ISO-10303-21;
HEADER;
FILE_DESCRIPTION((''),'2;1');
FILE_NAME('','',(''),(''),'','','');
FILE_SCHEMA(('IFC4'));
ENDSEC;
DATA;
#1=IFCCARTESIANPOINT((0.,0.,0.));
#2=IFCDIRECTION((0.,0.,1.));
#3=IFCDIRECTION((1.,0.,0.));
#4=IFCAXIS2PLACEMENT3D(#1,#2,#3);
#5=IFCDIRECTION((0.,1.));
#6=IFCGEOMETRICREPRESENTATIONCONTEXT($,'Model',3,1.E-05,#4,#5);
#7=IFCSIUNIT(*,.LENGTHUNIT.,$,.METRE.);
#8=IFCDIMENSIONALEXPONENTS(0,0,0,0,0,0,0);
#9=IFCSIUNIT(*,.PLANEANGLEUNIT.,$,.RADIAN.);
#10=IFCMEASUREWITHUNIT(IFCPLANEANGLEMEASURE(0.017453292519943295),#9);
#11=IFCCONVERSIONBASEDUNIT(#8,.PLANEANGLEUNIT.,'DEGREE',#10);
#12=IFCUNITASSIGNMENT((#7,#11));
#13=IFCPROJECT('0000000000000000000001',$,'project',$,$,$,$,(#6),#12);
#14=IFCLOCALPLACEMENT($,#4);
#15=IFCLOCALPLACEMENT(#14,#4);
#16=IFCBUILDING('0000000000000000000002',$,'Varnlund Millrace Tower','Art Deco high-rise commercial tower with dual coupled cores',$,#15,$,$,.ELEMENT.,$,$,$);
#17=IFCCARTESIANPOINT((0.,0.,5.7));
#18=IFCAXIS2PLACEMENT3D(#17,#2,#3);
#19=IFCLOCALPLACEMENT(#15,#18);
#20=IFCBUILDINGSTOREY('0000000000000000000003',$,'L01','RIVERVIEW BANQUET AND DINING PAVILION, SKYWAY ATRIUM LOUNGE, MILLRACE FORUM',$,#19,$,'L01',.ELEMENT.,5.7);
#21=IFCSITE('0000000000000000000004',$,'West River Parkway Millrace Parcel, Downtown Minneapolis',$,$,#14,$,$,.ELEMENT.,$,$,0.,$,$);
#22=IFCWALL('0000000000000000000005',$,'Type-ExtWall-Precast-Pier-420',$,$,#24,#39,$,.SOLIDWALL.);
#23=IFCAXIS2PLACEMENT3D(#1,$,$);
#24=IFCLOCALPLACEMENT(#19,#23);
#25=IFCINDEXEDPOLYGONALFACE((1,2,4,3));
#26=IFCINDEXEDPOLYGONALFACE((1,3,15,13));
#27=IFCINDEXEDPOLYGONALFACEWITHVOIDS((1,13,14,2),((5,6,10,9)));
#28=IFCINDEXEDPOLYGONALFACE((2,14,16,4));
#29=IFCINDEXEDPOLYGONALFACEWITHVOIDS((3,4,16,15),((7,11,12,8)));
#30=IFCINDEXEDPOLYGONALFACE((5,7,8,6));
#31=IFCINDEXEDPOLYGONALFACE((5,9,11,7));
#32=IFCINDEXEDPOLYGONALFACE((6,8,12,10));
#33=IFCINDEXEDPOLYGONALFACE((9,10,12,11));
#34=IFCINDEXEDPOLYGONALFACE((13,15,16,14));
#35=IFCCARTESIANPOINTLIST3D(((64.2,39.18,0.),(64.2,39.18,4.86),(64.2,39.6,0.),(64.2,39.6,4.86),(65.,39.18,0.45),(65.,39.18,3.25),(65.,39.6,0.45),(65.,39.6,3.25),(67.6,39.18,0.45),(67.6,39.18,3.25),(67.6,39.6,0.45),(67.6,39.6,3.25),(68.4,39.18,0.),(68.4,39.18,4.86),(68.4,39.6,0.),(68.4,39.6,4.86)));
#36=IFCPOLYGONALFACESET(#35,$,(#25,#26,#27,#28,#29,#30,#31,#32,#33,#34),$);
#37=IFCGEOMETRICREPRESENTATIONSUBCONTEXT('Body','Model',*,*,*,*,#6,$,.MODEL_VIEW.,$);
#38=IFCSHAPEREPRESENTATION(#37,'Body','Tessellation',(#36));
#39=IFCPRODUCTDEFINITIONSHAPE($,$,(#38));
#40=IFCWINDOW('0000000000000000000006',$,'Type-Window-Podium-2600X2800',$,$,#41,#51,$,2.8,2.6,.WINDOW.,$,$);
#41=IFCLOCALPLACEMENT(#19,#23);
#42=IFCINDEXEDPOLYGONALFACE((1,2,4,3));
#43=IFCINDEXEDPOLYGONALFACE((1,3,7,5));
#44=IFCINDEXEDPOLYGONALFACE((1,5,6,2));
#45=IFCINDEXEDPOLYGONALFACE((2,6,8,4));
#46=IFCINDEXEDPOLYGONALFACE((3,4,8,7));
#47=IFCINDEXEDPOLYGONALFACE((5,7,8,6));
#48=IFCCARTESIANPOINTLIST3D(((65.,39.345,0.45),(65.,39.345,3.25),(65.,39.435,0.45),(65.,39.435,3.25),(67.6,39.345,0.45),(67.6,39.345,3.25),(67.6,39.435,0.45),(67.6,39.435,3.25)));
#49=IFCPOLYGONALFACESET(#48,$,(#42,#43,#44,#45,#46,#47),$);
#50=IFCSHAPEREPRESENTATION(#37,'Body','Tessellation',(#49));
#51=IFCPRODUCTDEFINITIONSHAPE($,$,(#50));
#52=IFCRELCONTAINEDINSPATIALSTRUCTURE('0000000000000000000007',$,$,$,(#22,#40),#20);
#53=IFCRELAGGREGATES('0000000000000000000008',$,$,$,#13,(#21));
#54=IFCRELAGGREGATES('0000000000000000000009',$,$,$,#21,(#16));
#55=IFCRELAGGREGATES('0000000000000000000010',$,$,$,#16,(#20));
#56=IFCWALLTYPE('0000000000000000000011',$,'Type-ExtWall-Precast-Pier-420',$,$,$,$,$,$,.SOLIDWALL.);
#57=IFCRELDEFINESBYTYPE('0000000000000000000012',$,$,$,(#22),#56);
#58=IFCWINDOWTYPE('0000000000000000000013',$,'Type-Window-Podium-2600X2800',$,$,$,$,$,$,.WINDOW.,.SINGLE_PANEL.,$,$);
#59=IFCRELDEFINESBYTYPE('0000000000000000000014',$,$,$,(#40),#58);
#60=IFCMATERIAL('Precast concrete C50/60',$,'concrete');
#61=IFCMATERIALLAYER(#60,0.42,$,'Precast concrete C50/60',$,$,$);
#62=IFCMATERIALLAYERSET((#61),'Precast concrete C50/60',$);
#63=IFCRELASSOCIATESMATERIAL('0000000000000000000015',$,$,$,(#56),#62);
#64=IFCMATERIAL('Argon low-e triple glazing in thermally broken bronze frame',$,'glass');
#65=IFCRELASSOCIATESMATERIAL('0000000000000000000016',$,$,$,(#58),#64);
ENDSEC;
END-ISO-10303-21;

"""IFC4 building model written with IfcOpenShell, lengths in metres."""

from ifc_helpers import new_model, entity, si_unit, converted_unit, direction, frame, origin_with_axes, origin_2d_with_axis, place, context, subcontext, project, spatial, polyline, rectangle, outline, extrude, material, layer, layer_set, type_object, element, fill, save


model = new_model("IFC4")

# Units and contexts
model_context = context("Model", 3, precision=1e-05, world=origin_with_axes(), true_north=direction((0.0, 1.0)))
body_context = subcontext(model_context, "Body", "Model", "MODEL_VIEW")
ifc_project = project(units=[si_unit("LENGTHUNIT", "METRE"), converted_unit("PLANEANGLEUNIT", "DEGREE", entity("IfcPlaneAngleMeasure", 0.017453292519943295), si_unit("PLANEANGLEUNIT", "RADIAN"), dimensions=[0, 0, 0, 0, 0, 0, 0])], contexts=[model_context])

# Site, building, storey
site_placement = place(None, origin_with_axes())
site = spatial("IfcSite", under=ifc_project, at=site_placement, Name="West River Parkway Millrace Parcel, Downtown Minneapolis", CompositionType="ELEMENT", RefElevation=0.0)
building_placement = place(site_placement, origin_with_axes())
building = spatial("IfcBuilding", under=site, at=building_placement, Name="Varnlund Millrace Tower", Description="Art Deco high-rise commercial tower with dual coupled cores", CompositionType="ELEMENT")
storey_placement = place(building_placement, frame((0.0, 0.0, 5.7), z_axis=(0.0, 0.0, 1.0), x_axis=(1.0, 0.0, 0.0)))
storey = spatial("IfcBuildingStorey", under=building, at=storey_placement, Name="L01", Description="RIVERVIEW BANQUET AND DINING PAVILION, SKYWAY ATRIUM LOUNGE, MILLRACE FORUM", LongName="L01", CompositionType="ELEMENT", Elevation=5.7)

# Shared definitions
ifc_material_1 = material(Name="Precast concrete C50/60", Category="concrete")
ifc_layer_1 = layer(ifc_material_1, 0.42, Name="Precast concrete C50/60")
ifc_layer_set_1 = layer_set([ifc_layer_1], Name="Precast concrete C50/60")
wall_type = type_object("IfcWallType", Name="Type-ExtWall-Precast-Pier-420", PredefinedType="SOLIDWALL", material=ifc_layer_set_1)

# Wall, opening, window
wall_1_placement = place(storey_placement, frame((64.2, 39.39, 0.0), z_axis=(0.0, 0.0, 1.0), x_axis=(1.0, 0.0, 0.0)))
wall_1 = element("IfcWall", 1, at=wall_1_placement, inside=storey, type_object=wall_type, Name="Type-ExtWall-Precast-Pier-420", PredefinedType="SOLIDWALL", context=body_context, shape_type="SweptSolid", body=[
    extrude(outline(polyline([(0.0, -0.21), (4.2, -0.21), (4.2, 0.21), (0.0, 0.21), (0.0, -0.21)])), origin_with_axes(), (0.0, 0.0, 1.0), 4.86),
])
opening_placement = place(wall_1_placement, frame((2.1, 0.0, 0.45), z_axis=(0.0, 0.0, 1.0), x_axis=(1.0, 0.0, 0.0)))
opening = element("IfcOpeningElement", 2, at=opening_placement, cuts=wall_1, PredefinedType="OPENING", context=body_context, shape_type="SweptSolid", body=[
    extrude(rectangle(XDim=2.6, YDim=0.44, at=origin_2d_with_axis()), origin_with_axes(), (0.0, 0.0, 1.0), 2.8),
])
ifc_material_2 = material(Name="Argon low-e triple glazing in thermally broken bronze frame", Category="glass")
window_type = type_object("IfcWindowType", Name="Type-Window-Podium-2600X2800", PartitioningType="SINGLE_PANEL", PredefinedType="WINDOW", material=ifc_material_2)
window_placement = place(wall_1_placement, frame((2.1, 0.0, 0.45), z_axis=(0.0, 0.0, 1.0), x_axis=(1.0, 0.0, 0.0)))
window = element("IfcWindow", 3, at=window_placement, inside=storey, type_object=window_type, Name="Type-Window-Podium-2600X2800", OverallHeight=2.8, OverallWidth=2.6, PredefinedType="WINDOW", context=body_context, shape_type="SweptSolid", body=[
    extrude(rectangle(XDim=2.6, YDim=0.09, at=origin_2d_with_axis()), origin_with_axes(), (0.0, 0.0, 1.0), 2.8),
])
fill(opening, window)

save(model, "model.ifc")
